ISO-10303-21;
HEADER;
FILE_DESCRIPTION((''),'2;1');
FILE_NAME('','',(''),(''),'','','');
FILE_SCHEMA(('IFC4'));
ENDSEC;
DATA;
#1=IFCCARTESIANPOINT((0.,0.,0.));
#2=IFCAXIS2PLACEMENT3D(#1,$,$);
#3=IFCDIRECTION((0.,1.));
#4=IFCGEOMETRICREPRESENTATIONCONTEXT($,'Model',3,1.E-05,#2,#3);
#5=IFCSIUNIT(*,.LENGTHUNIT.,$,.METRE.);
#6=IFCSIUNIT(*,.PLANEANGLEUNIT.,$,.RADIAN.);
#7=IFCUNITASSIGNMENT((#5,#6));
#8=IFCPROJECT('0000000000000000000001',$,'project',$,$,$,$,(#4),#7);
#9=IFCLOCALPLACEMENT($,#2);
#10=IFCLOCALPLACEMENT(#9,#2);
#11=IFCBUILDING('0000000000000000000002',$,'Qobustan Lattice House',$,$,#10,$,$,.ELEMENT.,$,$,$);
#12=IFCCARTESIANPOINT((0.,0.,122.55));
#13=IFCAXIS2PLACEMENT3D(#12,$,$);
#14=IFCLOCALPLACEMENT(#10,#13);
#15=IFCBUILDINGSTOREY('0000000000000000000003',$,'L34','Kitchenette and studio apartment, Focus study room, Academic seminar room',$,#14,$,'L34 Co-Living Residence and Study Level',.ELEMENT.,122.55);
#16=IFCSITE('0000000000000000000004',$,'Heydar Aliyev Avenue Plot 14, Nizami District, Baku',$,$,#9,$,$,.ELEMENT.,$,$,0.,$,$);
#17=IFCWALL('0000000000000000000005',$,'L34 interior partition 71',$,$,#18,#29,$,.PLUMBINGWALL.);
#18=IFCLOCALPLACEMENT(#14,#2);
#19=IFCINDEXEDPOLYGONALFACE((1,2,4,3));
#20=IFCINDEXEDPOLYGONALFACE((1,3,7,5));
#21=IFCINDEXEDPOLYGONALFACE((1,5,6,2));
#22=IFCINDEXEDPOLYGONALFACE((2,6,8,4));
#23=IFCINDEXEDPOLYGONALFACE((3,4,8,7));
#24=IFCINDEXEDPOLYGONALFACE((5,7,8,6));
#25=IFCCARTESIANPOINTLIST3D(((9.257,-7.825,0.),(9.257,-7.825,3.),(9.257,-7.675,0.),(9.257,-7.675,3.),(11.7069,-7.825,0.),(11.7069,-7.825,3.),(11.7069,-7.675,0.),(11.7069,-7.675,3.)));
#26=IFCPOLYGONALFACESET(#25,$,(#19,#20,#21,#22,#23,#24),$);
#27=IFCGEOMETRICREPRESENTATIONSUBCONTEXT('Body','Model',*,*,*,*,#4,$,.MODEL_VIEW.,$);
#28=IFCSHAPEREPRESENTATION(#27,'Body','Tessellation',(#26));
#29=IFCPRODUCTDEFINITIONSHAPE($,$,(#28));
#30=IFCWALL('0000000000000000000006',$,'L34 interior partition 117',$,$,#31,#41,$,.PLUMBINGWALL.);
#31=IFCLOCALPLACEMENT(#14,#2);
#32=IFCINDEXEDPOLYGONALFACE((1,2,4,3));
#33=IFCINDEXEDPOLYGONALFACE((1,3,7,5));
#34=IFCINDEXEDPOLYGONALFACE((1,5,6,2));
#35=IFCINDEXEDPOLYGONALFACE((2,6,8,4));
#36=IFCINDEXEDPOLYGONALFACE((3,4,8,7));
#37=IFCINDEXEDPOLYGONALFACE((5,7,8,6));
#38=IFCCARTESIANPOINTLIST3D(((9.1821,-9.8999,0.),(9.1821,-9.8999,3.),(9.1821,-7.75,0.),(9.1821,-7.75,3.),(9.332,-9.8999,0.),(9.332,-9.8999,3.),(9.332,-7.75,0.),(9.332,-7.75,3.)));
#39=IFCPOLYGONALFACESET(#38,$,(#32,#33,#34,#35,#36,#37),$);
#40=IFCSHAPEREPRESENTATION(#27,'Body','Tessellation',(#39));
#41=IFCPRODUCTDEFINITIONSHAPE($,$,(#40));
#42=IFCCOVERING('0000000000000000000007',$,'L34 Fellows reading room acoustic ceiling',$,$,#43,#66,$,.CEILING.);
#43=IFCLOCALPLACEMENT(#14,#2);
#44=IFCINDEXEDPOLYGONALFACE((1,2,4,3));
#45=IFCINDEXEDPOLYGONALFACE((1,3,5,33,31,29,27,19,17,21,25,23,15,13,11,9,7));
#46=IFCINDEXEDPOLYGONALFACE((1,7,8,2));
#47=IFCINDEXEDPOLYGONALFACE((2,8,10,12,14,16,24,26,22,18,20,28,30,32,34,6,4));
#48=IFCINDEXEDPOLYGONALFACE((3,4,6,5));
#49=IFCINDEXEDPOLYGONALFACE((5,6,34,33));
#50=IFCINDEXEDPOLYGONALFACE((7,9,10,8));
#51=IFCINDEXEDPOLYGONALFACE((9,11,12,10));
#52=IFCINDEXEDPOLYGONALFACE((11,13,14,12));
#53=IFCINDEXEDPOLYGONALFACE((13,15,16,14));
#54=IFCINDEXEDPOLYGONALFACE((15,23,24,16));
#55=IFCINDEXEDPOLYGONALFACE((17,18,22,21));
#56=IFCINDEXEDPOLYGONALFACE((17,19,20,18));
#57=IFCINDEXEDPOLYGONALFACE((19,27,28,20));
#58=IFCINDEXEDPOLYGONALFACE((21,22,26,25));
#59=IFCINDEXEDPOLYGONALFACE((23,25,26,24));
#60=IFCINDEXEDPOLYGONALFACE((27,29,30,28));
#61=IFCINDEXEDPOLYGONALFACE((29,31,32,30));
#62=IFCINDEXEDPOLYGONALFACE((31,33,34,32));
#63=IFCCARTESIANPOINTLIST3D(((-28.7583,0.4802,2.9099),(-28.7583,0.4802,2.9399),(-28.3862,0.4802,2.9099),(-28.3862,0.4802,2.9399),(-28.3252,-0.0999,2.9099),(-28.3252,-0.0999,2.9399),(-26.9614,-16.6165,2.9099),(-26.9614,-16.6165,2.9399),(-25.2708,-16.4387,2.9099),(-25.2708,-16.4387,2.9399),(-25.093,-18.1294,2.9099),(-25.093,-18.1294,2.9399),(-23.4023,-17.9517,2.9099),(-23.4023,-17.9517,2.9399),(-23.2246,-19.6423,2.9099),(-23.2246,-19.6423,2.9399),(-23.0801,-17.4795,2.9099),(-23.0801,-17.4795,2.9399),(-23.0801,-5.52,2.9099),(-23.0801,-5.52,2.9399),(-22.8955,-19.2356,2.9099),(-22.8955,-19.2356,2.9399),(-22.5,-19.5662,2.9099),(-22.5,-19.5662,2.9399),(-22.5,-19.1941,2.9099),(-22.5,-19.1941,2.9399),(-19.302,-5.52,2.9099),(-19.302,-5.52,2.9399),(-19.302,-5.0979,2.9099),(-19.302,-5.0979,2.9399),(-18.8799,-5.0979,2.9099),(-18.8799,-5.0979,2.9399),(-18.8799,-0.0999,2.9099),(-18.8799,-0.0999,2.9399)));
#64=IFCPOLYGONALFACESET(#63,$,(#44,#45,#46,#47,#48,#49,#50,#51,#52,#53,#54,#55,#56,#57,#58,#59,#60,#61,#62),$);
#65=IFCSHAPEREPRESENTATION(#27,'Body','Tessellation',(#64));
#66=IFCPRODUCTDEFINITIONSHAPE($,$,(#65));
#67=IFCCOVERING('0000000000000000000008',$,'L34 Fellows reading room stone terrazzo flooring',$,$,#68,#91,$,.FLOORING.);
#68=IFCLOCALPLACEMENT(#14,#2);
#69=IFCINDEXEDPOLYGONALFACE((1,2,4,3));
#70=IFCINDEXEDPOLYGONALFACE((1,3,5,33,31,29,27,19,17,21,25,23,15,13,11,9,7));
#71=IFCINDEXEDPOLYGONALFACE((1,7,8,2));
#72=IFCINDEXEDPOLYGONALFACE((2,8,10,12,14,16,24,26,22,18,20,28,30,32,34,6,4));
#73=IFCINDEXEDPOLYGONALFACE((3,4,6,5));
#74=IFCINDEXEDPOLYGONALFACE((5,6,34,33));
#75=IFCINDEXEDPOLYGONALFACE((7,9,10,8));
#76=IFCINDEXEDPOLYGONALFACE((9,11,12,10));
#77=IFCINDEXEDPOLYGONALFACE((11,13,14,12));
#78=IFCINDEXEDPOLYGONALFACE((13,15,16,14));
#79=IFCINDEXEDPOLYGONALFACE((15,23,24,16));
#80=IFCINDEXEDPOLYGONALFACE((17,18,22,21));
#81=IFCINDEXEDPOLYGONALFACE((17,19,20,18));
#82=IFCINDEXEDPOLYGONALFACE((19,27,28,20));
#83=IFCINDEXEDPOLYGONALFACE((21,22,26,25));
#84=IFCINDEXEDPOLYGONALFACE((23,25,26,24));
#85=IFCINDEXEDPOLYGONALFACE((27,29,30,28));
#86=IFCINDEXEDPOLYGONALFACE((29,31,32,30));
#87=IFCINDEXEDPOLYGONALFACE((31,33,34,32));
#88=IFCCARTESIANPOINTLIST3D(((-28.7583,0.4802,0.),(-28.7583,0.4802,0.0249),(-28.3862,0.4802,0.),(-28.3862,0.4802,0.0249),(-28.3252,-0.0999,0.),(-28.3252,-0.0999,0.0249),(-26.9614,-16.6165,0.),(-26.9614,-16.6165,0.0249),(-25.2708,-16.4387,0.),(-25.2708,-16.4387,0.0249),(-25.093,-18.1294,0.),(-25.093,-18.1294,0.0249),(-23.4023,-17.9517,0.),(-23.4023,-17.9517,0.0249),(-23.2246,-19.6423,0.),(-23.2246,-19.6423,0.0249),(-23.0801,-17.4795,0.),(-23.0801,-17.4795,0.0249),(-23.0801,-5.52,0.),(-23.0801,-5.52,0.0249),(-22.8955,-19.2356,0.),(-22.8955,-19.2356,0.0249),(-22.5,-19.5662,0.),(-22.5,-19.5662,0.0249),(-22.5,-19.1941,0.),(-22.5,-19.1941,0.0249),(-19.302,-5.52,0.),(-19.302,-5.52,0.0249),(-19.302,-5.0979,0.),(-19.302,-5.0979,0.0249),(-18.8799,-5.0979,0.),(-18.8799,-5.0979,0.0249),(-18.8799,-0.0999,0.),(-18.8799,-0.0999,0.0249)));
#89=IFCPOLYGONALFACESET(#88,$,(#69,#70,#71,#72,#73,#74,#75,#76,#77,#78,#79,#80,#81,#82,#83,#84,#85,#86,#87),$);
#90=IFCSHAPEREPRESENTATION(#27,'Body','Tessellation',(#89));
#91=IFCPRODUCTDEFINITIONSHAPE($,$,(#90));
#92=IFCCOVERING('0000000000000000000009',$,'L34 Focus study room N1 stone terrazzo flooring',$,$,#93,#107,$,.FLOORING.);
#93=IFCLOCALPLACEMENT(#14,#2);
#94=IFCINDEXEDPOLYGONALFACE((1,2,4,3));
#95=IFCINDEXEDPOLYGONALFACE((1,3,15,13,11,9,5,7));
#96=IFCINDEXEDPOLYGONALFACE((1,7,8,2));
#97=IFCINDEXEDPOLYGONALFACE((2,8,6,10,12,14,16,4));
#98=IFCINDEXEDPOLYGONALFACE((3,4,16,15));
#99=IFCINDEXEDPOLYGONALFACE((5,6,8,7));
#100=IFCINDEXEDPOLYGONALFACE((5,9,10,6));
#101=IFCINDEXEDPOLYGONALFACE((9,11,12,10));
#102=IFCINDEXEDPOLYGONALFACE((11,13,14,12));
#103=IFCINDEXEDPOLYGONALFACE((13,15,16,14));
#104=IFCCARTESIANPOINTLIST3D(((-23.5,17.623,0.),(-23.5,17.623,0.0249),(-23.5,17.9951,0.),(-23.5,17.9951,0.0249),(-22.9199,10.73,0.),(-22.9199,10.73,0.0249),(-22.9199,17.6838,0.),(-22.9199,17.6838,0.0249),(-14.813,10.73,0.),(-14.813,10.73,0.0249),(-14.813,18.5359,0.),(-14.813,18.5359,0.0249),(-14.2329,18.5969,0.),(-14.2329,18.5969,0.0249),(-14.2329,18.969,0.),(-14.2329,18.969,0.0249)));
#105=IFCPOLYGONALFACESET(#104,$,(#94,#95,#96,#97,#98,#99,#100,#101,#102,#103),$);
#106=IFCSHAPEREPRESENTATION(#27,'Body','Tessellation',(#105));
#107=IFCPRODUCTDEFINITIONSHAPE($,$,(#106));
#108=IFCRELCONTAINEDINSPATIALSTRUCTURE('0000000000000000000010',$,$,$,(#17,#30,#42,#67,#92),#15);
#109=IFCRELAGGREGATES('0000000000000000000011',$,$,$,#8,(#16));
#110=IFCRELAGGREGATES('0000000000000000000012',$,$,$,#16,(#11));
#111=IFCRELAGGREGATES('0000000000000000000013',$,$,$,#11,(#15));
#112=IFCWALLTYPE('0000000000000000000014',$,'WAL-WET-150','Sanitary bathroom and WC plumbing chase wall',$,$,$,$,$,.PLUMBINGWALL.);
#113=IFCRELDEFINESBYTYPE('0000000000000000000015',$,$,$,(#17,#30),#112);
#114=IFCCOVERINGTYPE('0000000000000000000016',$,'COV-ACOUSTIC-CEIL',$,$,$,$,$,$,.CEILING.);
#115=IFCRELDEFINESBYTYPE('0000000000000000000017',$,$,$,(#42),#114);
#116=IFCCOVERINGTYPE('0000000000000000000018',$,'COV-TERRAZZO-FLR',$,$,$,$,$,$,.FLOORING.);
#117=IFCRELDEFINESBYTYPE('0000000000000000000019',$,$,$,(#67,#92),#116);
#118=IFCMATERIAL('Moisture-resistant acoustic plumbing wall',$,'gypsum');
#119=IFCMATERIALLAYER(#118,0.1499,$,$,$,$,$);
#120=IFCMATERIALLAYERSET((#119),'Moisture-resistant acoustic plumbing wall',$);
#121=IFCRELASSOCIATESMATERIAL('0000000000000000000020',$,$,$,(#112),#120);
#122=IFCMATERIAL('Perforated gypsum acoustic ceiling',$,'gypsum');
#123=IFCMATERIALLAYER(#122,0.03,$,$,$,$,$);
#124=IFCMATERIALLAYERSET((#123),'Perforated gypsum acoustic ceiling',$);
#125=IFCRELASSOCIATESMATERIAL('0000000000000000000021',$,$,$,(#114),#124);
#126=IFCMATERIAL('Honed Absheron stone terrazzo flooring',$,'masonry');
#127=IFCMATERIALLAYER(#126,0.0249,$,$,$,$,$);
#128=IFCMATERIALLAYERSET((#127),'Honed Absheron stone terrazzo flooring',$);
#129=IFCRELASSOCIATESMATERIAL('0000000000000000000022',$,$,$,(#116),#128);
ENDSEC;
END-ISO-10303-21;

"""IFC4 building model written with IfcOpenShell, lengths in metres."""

from ifc_helpers import new_model, si_unit, direction, frame, frame_2d, origin, place, context, subcontext, project, spatial, polyline, rectangle, outline, extrude, material, layer, layer_set, type_object, element, save


model = new_model("IFC4")

# Units and contexts
model_context = context("Model", 3, precision=1e-05, world=origin(), true_north=direction((0.0, 1.0)))
body_context = subcontext(model_context, "Body", "Model", "MODEL_VIEW")
ifc_project = project(units=[si_unit("LENGTHUNIT", "METRE"), si_unit("PLANEANGLEUNIT", "RADIAN")], contexts=[model_context])

# Site, building, storey
site_placement = place(None, origin())
site = spatial("IfcSite", under=ifc_project, at=site_placement, Name="Heydar Aliyev Avenue Plot 14, Nizami District, Baku", CompositionType="ELEMENT", RefElevation=0.0)
building_placement = place(site_placement, origin())
building = spatial("IfcBuilding", under=site, at=building_placement, Name="Qobustan Lattice House", CompositionType="ELEMENT")
storey_placement = place(building_placement, frame((0.0, 0.0, 122.55)))
storey = spatial("IfcBuildingStorey", under=building, at=storey_placement, Name="L34", Description="Kitchenette and studio apartment, Focus study room, Academic seminar room", LongName="L34 Co-Living Residence and Study Level", CompositionType="ELEMENT", Elevation=122.55)

# Walls
ifc_material_1 = material(Name="Moisture-resistant acoustic plumbing wall", Category="gypsum")
ifc_layer_1 = layer(ifc_material_1, 0.1499)
ifc_layer_set_1 = layer_set([ifc_layer_1], Name="Moisture-resistant acoustic plumbing wall")
wall_type_1 = type_object("IfcWallType", Name="WAL-WET-150", Description="Sanitary bathroom and WC plumbing chase wall", PredefinedType="PLUMBINGWALL", material=ifc_layer_set_1)
wall_1_placement = place(storey_placement, frame((11.707, -7.75, 0.0), z_axis=(0.0, 0.0, 1.0), x_axis=(-1.0, 0.0, 0.0)))
element("IfcWall", 1, at=wall_1_placement, inside=storey, type_object=wall_type_1, Name="L34 interior partition 71", PredefinedType="PLUMBINGWALL", context=body_context, shape_type="SweptSolid", body=[
    extrude(rectangle(XDim=2.45, YDim=0.1499, at=frame_2d((1.2251, 0.0))), origin(), (0.0, 0.0, 1.0), 3.0),
])
wall_2_placement = place(storey_placement, frame((9.2571, -7.75, 0.0), z_axis=(0.0, 0.0, 1.0), x_axis=(0.0, -1.0, 0.0)))
element("IfcWall", 2, at=wall_2_placement, inside=storey, type_object=wall_type_1, Name="L34 interior partition 117", PredefinedType="PLUMBINGWALL", context=body_context, shape_type="SweptSolid", body=[
    extrude(rectangle(XDim=2.1499, YDim=0.1499, at=frame_2d((1.075, 0.0))), origin(), (0.0, 0.0, 1.0), 3.0),
])

# Coverings
ifc_material_2 = material(Name="Perforated gypsum acoustic ceiling", Category="gypsum")
ifc_layer_2 = layer(ifc_material_2, 0.03)
ifc_layer_set_2 = layer_set([ifc_layer_2], Name="Perforated gypsum acoustic ceiling")
covering_type_1 = type_object("IfcCoveringType", Name="COV-ACOUSTIC-CEIL", PredefinedType="CEILING", material=ifc_layer_set_2)
covering_1_placement = place(storey_placement, frame((0.0, 0.0, 2.9099)))
element("IfcCovering", 3, at=covering_1_placement, inside=storey, type_object=covering_type_1, Name="L34 Fellows reading room acoustic ceiling", PredefinedType="CEILING", context=body_context, shape_type="SweptSolid", body=[
    extrude(outline(polyline([(-23.4023, -17.9517), (-23.2246, -19.6423), (-22.5, -19.5662), (-22.5, -19.1941), (-22.8955, -19.2356), (-23.0801, -17.4795), (-23.0801, -5.52), (-19.302, -5.52), (-19.302, -5.0979), (-18.8799, -5.0979), (-18.8799, -0.0999), (-28.3252, -0.0999), (-28.3862, 0.4802), (-28.7583, 0.4802), (-26.9614, -16.6165), (-25.2708, -16.4387), (-25.093, -18.1294), (-23.4023, -17.9517)])), origin(), (0.0, 0.0, 1.0), 0.03),
])
ifc_material_3 = material(Name="Honed Absheron stone terrazzo flooring", Category="masonry")
ifc_layer_3 = layer(ifc_material_3, 0.0249)
ifc_layer_set_3 = layer_set([ifc_layer_3], Name="Honed Absheron stone terrazzo flooring")
covering_type_2 = type_object("IfcCoveringType", Name="COV-TERRAZZO-FLR", PredefinedType="FLOORING", material=ifc_layer_set_3)
covering_2_placement = place(storey_placement, origin())
element("IfcCovering", 4, at=covering_2_placement, inside=storey, type_object=covering_type_2, Name="L34 Fellows reading room stone terrazzo flooring", PredefinedType="FLOORING", context=body_context, shape_type="SweptSolid", body=[
    extrude(outline(polyline([(-23.4023, -17.9517), (-23.2246, -19.6423), (-22.5, -19.5662), (-22.5, -19.1941), (-22.8955, -19.2356), (-23.0801, -17.4795), (-23.0801, -5.52), (-19.302, -5.52), (-19.302, -5.0979), (-18.8799, -5.0979), (-18.8799, -0.0999), (-28.3252, -0.0999), (-28.3862, 0.4802), (-28.7583, 0.4802), (-26.9614, -16.6165), (-25.2708, -16.4387), (-25.093, -18.1294), (-23.4023, -17.9517)])), origin(), (0.0, 0.0, 1.0), 0.0249),
])
covering_3_placement = place(storey_placement, origin())
element("IfcCovering", 5, at=covering_3_placement, inside=storey, type_object=covering_type_2, Name="L34 Focus study room N1 stone terrazzo flooring", PredefinedType="FLOORING", context=body_context, shape_type="SweptSolid", body=[
    extrude(outline(polyline([(-14.2329, 18.969), (-23.5, 17.9951), (-23.5, 17.623), (-22.9199, 17.6838), (-22.9199, 10.73), (-14.813, 10.73), (-14.813, 18.5359), (-14.2329, 18.5969), (-14.2329, 18.969)])), origin(), (0.0, 0.0, 1.0), 0.0249),
])

save(model, "model.ifc")
